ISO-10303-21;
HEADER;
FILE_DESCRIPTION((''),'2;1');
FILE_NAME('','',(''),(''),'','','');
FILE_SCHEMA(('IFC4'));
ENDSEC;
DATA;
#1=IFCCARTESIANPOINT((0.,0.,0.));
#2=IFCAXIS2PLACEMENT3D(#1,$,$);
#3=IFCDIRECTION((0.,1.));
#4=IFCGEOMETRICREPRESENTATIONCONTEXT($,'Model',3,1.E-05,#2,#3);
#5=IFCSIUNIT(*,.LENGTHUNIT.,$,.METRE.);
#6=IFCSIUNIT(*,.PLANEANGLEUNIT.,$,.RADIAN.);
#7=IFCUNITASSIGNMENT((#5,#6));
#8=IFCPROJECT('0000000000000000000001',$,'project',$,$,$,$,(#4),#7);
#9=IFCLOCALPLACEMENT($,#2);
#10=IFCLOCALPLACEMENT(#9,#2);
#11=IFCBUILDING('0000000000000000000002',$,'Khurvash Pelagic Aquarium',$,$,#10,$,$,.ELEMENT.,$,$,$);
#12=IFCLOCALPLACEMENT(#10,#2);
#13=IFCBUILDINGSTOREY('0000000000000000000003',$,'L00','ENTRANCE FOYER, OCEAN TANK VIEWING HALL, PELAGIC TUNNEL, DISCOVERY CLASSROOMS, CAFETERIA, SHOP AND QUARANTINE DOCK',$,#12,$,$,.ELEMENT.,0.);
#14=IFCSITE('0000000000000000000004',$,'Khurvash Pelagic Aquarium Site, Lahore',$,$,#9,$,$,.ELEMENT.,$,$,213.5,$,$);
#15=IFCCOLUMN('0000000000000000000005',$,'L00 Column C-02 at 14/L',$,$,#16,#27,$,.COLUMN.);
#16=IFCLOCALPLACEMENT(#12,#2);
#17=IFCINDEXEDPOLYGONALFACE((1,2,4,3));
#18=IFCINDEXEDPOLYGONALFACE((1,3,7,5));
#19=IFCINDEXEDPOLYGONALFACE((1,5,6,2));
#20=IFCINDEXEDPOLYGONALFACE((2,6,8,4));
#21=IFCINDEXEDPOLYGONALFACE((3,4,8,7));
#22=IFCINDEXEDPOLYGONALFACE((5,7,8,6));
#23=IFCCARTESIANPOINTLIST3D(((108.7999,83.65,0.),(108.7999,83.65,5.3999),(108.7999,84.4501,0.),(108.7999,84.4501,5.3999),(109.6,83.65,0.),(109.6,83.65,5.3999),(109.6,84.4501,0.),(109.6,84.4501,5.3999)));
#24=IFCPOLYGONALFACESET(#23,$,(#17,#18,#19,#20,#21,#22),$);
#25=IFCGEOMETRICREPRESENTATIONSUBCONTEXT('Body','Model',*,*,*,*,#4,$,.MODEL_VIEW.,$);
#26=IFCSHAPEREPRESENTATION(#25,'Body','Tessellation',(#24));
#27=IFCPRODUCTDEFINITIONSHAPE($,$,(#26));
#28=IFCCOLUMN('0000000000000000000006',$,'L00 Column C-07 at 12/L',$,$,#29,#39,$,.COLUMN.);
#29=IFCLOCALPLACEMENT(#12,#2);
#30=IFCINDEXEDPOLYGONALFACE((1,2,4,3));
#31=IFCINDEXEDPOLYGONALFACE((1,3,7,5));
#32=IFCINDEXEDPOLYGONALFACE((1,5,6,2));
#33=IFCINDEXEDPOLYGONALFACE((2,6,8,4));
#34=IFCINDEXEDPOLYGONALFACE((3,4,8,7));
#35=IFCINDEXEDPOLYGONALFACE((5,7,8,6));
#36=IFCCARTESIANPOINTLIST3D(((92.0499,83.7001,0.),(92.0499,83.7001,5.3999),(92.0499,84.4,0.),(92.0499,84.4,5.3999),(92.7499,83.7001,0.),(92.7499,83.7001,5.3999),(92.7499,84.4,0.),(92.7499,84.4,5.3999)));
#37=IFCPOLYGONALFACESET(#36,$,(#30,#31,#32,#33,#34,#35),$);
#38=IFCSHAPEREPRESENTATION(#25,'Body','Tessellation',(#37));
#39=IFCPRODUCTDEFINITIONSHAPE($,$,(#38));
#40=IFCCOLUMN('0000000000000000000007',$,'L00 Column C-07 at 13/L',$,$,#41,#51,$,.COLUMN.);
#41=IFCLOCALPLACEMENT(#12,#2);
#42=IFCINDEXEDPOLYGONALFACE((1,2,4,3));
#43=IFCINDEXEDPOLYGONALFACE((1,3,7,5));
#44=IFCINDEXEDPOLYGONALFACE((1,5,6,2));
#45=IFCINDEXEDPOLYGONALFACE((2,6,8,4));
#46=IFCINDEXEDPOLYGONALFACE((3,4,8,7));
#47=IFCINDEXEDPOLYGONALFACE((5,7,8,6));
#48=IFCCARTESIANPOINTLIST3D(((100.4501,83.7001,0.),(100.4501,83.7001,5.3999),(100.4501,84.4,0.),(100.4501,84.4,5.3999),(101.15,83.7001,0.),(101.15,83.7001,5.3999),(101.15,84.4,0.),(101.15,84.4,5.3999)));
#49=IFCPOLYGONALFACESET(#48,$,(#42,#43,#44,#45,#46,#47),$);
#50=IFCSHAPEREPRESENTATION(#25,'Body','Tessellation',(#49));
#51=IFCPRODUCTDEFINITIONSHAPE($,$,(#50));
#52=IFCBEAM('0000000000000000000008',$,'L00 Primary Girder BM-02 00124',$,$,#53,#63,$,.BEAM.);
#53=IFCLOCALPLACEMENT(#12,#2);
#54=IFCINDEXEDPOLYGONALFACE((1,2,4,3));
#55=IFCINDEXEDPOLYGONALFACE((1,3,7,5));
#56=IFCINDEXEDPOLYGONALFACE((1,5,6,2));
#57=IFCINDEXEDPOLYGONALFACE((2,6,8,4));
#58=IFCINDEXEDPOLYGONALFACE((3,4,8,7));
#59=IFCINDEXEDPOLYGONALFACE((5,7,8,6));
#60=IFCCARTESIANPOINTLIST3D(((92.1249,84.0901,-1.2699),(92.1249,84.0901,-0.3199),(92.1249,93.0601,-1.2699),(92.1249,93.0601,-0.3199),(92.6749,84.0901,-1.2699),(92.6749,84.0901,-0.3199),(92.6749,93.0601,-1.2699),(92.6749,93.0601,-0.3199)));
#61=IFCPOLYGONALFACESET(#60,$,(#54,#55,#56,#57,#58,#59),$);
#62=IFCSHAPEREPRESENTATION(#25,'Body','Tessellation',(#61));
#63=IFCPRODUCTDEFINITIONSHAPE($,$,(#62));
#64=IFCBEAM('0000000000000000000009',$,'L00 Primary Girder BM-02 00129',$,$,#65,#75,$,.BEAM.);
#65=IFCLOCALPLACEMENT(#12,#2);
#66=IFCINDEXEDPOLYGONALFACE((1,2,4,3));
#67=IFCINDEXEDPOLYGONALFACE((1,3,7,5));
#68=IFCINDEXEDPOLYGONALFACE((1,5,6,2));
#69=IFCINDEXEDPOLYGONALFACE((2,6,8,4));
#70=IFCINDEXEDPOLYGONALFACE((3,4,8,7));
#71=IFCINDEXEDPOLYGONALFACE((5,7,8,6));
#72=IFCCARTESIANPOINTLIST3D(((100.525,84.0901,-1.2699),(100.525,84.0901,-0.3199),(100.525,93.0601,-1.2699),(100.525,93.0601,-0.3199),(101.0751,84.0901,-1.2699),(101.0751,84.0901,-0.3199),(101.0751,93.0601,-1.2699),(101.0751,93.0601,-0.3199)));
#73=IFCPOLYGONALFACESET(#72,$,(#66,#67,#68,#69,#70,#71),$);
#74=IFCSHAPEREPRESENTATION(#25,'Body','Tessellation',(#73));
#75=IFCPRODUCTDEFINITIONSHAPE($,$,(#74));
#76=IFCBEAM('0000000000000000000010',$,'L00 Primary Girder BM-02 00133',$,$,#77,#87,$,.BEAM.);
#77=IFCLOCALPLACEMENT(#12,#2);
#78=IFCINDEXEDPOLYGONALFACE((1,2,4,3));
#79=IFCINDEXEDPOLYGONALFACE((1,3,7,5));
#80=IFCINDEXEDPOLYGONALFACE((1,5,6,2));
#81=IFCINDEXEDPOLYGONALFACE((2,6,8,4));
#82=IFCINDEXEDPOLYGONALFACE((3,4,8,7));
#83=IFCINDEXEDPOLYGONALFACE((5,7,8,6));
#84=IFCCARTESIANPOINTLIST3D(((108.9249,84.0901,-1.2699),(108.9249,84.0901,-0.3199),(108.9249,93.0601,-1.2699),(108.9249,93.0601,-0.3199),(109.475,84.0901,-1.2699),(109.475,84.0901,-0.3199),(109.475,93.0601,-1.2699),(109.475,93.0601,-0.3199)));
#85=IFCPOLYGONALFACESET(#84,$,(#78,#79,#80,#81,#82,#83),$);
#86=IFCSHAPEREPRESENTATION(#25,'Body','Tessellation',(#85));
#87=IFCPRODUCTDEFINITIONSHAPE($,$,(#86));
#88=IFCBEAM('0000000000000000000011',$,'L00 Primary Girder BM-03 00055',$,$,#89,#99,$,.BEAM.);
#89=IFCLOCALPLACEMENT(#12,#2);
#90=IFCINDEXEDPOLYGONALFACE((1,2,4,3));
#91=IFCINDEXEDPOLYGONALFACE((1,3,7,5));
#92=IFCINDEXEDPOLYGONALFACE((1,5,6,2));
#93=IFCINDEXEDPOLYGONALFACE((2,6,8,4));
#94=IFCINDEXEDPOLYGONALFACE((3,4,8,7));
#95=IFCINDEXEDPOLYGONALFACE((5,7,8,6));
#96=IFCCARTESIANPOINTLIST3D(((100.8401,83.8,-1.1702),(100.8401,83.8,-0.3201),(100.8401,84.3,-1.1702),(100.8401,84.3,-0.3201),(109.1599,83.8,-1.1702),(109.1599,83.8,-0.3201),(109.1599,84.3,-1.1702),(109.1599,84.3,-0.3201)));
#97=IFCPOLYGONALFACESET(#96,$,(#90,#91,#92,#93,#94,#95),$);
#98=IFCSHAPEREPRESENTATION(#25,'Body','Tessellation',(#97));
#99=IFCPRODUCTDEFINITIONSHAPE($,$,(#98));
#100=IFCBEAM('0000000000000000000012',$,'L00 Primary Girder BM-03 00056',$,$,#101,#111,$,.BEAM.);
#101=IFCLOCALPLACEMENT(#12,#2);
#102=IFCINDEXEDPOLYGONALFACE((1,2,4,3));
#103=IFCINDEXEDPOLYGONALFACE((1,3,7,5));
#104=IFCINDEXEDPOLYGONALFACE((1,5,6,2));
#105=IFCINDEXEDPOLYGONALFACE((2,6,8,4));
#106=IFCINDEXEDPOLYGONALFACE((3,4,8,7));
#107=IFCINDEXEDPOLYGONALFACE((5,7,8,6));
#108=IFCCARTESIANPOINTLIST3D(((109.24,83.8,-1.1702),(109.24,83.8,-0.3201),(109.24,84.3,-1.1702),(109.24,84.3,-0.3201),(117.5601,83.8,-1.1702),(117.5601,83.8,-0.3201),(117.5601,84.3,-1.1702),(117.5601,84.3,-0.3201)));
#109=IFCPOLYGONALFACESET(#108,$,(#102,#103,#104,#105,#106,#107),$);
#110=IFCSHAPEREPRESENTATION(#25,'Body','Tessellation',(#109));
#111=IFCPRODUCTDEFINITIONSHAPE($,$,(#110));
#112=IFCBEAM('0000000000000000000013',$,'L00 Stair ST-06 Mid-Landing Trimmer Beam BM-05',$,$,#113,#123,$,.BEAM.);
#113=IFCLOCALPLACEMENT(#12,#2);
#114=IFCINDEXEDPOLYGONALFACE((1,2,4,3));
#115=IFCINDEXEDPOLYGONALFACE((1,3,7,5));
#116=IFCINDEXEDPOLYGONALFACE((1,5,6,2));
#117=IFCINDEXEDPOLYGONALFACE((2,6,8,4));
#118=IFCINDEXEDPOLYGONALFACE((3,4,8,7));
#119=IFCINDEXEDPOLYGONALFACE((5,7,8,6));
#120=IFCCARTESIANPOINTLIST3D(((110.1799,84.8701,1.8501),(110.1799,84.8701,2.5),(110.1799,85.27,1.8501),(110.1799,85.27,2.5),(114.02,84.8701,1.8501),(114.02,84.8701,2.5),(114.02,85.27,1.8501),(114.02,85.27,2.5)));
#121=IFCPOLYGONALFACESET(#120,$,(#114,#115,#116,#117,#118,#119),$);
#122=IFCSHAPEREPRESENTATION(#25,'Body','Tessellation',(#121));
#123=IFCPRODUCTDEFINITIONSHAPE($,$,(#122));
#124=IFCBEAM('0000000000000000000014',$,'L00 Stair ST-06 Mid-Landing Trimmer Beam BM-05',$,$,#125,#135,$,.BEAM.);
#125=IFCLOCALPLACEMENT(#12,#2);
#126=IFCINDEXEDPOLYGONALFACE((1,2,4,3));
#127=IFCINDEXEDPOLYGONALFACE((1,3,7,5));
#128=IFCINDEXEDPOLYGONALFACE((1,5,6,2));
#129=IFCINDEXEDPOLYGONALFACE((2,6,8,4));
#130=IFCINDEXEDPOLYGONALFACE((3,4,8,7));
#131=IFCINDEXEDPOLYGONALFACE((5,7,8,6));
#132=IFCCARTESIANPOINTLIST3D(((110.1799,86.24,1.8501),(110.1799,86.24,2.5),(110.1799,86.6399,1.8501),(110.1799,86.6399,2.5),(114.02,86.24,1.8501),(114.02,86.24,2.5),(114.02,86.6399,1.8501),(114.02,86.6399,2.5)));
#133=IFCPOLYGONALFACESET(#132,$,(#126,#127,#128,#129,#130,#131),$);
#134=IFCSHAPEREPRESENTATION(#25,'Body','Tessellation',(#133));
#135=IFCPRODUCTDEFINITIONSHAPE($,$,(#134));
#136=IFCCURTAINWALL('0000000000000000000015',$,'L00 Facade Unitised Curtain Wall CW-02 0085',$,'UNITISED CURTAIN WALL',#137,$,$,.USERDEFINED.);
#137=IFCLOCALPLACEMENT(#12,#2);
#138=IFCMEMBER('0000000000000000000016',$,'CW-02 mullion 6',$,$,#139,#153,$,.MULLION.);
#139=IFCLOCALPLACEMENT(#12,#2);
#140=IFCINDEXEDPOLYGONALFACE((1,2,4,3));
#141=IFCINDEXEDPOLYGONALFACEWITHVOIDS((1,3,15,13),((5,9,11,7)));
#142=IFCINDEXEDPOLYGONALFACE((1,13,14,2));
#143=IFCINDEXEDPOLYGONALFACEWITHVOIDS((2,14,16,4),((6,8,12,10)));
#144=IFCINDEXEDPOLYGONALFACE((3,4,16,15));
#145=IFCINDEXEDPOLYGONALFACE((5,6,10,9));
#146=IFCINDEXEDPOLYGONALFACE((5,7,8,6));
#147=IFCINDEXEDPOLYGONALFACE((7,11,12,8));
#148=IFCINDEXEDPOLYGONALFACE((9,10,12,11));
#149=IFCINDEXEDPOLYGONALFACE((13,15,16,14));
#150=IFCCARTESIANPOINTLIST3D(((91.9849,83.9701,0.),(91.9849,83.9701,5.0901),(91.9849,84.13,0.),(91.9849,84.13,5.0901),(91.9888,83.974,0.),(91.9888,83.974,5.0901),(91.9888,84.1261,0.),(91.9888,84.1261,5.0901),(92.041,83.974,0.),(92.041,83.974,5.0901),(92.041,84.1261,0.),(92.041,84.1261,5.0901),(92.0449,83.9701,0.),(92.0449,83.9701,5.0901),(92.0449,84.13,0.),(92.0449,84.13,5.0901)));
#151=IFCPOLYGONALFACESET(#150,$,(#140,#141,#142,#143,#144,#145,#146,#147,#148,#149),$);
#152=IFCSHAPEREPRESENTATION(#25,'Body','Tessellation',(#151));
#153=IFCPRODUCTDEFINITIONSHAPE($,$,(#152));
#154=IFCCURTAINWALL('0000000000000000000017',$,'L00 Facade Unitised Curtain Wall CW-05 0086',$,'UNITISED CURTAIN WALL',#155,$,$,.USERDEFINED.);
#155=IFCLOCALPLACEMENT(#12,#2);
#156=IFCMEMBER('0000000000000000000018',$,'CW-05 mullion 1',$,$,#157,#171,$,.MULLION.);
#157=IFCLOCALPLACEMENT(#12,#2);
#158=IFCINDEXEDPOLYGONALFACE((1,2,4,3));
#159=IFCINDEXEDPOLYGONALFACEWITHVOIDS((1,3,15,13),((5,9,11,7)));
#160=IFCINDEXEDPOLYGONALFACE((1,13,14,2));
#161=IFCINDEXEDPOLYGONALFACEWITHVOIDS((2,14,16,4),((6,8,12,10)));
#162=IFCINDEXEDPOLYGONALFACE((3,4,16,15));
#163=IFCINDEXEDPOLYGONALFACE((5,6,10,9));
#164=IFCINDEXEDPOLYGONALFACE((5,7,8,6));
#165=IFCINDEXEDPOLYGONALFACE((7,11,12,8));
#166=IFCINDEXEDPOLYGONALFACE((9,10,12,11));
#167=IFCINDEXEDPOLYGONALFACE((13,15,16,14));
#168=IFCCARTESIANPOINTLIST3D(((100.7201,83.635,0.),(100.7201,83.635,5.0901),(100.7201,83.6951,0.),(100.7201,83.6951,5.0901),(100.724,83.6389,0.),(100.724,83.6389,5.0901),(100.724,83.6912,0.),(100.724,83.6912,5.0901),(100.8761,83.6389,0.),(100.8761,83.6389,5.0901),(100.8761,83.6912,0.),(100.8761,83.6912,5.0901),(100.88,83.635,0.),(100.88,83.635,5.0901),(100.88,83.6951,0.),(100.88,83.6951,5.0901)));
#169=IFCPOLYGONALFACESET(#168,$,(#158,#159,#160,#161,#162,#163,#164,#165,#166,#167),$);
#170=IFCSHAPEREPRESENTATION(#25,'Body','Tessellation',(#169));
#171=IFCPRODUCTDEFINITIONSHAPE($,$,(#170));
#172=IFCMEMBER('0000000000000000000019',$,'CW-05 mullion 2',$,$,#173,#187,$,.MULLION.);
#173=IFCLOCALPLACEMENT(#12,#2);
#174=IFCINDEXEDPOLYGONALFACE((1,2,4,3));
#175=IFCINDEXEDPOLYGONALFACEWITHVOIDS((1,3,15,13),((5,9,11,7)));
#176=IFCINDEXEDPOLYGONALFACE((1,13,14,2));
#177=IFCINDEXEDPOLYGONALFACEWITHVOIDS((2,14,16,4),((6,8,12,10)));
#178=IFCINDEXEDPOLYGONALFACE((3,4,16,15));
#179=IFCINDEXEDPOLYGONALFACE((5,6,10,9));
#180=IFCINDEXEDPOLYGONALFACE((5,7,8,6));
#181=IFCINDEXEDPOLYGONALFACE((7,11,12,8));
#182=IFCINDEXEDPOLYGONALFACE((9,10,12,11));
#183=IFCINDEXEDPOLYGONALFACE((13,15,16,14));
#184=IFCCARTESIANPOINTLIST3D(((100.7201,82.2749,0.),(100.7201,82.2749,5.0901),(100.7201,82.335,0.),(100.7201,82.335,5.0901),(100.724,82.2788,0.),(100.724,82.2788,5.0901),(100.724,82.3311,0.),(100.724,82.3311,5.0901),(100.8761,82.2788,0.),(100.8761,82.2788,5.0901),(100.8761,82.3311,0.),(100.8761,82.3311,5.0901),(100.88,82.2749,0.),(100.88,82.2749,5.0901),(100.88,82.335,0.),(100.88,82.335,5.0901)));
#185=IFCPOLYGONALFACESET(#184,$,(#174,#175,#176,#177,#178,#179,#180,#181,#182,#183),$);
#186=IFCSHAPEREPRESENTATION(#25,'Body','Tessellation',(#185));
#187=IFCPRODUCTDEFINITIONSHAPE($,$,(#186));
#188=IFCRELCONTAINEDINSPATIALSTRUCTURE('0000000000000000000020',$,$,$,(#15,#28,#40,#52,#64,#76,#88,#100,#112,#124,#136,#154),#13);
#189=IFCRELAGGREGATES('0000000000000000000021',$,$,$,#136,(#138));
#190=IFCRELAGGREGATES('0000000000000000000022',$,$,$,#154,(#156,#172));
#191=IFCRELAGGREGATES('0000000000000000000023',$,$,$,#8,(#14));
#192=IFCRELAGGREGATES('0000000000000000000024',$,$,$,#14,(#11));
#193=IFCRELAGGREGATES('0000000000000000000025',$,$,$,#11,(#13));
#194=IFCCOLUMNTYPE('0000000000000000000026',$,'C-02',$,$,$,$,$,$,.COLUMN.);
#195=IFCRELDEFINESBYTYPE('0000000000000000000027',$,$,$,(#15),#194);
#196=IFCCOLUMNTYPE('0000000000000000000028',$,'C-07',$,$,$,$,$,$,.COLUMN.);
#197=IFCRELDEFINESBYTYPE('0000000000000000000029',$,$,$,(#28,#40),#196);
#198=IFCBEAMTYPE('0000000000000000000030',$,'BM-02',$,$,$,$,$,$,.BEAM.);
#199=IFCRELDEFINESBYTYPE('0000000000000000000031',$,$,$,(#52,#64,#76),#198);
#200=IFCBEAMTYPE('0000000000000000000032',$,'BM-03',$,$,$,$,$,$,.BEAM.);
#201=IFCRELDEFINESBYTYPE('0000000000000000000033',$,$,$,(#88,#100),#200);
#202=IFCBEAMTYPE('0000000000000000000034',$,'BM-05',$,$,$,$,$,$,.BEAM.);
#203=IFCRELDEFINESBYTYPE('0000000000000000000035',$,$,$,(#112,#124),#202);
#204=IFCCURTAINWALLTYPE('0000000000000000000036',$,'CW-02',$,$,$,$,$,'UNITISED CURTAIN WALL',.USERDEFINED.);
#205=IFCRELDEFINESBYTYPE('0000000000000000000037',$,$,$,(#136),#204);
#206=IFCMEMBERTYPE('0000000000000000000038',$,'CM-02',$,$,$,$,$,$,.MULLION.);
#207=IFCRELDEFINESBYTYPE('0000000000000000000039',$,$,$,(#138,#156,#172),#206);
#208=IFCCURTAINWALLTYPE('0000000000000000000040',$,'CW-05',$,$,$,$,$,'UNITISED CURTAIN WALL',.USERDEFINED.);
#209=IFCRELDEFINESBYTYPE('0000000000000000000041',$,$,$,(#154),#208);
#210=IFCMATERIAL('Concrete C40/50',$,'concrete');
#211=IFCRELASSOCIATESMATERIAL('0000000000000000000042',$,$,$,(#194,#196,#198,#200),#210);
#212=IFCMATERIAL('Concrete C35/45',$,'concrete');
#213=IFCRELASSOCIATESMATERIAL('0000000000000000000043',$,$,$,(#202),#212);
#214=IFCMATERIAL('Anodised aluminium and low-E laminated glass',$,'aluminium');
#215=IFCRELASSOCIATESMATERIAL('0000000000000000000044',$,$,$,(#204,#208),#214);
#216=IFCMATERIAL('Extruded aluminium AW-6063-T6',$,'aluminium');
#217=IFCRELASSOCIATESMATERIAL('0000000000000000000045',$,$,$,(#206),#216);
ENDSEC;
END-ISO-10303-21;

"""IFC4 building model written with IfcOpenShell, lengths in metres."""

from ifc_helpers import new_model, si_unit, direction, frame, origin, origin_2d, place, context, subcontext, project, spatial, rectangle, hollow_rectangle, extrude, material, material_profile, profile_set, type_object, element, aggregate, save


model = new_model("IFC4")

# Units and contexts
model_context = context("Model", 3, precision=1e-05, world=origin(), true_north=direction((0.0, 1.0)))
body_context = subcontext(model_context, "Body", "Model", "MODEL_VIEW")
ifc_project = project(units=[si_unit("LENGTHUNIT", "METRE"), si_unit("PLANEANGLEUNIT", "RADIAN")], contexts=[model_context])

# Site, building, storey
site_placement = place(None, origin())
site = spatial("IfcSite", under=ifc_project, at=site_placement, Name="Khurvash Pelagic Aquarium Site, Lahore", CompositionType="ELEMENT", RefElevation=213.5)
building_placement = place(site_placement, origin())
building = spatial("IfcBuilding", under=site, at=building_placement, Name="Khurvash Pelagic Aquarium", CompositionType="ELEMENT")
storey_placement = place(building_placement, origin())
storey = spatial("IfcBuildingStorey", under=building, at=storey_placement, Name="L00", Description="ENTRANCE FOYER, OCEAN TANK VIEWING HALL, PELAGIC TUNNEL, DISCOVERY CLASSROOMS, CAFETERIA, SHOP AND QUARANTINE DOCK", CompositionType="ELEMENT", Elevation=0.0)

# Columns
ifc_material_1 = material(Name="Concrete C40/50", Category="concrete")
ifc_material_profile_1 = material_profile(ifc_material_1, rectangle(XDim=0.8, YDim=0.8, at=origin_2d()), Name="RC800X800")
ifc_profile_set_1 = profile_set([ifc_material_profile_1], Name="Concrete C40/50")
column_type_1 = type_object("IfcColumnType", Name="C-02", PredefinedType="COLUMN", material=ifc_profile_set_1)
column_placement = place(storey_placement, frame((109.2, 84.05, 0.0), z_axis=(0.0, 0.0, 1.0), x_axis=(1.0, 0.0, 0.0)))
element("IfcColumn", 1, at=column_placement, inside=storey, type_object=column_type_1, Name="L00 Column C-02 at 14/L", PredefinedType="COLUMN", context=body_context, shape_type="SweptSolid", body=[
    extrude(rectangle(XDim=0.8, YDim=0.8, at=origin_2d()), origin(), (0.0, 0.0, 1.0), 5.3999),
])
ifc_material_profile_2 = material_profile(ifc_material_1, rectangle(XDim=0.7, YDim=0.7, at=origin_2d()), Name="RC700X700")
ifc_profile_set_2 = profile_set([ifc_material_profile_2], Name="Concrete C40/50")
column_type_2 = type_object("IfcColumnType", Name="C-07", PredefinedType="COLUMN", material=ifc_profile_set_2)
for number, where, z_axis, x_axis, name in (
    (2, (92.3999, 84.05, 0.0), (0.0, 0.0, 1.0), (1.0, 0.0, 0.0), "L00 Column C-07 at 12/L"),
    (3, (100.8, 84.05, 0.0), (0.0, 0.0, 1.0), (1.0, 0.0, 0.0), "L00 Column C-07 at 13/L"),
):
    element("IfcColumn", number, at=place(storey_placement, frame(where, z_axis=z_axis, x_axis=x_axis)), inside=storey, type_object=column_type_2, Name=name, PredefinedType="COLUMN", context=body_context, shape_type="SweptSolid", body=[
        extrude(rectangle(XDim=0.7, YDim=0.7, at=origin_2d()), origin(), (0.0, 0.0, 1.0), 5.3999),
    ])

# Beams
ifc_material_profile_3 = material_profile(ifc_material_1, rectangle(XDim=0.55, YDim=0.95, at=origin_2d()), Name="RC550X950")
ifc_profile_set_3 = profile_set([ifc_material_profile_3], Name="Concrete C40/50")
beam_type_1 = type_object("IfcBeamType", Name="BM-02", PredefinedType="BEAM", material=ifc_profile_set_3)
for number, where, z_axis, x_axis, name in (
    (4, (92.3999, 84.0901, -0.7949), (0.0, 1.0, 0.0), (-1.0, 0.0, 0.0), "L00 Primary Girder BM-02 00124"),
    (5, (100.8, 84.0901, -0.7949), (0.0, 1.0, 0.0), (-1.0, 0.0, 0.0), "L00 Primary Girder BM-02 00129"),
    (6, (109.2, 84.0901, -0.7949), (0.0, 1.0, 0.0), (-1.0, 0.0, 0.0), "L00 Primary Girder BM-02 00133"),
):
    element("IfcBeam", number, at=place(storey_placement, frame(where, z_axis=z_axis, x_axis=x_axis)), inside=storey, type_object=beam_type_1, Name=name, PredefinedType="BEAM", context=body_context, shape_type="SweptSolid", body=[
        extrude(rectangle(XDim=0.55, YDim=0.95, at=origin_2d()), origin(), (0.0, 0.0, 1.0), 8.97),
    ])
ifc_material_profile_4 = material_profile(ifc_material_1, rectangle(XDim=0.5, YDim=0.8501, at=origin_2d()), Name="RC500X850")
ifc_profile_set_4 = profile_set([ifc_material_profile_4], Name="Concrete C40/50")
beam_type_2 = type_object("IfcBeamType", Name="BM-03", PredefinedType="BEAM", material=ifc_profile_set_4)
beam_1_placement = place(storey_placement, frame((100.8401, 84.05, -0.7451), z_axis=(1.0, 0.0, 0.0), x_axis=(0.0, 1.0, 0.0)))
element("IfcBeam", 7, at=beam_1_placement, inside=storey, type_object=beam_type_2, Name="L00 Primary Girder BM-03 00055", PredefinedType="BEAM", context=body_context, shape_type="SweptSolid", body=[
    extrude(rectangle(XDim=0.5, YDim=0.8501, at=origin_2d()), origin(), (0.0, 0.0, 1.0), 8.3198),
])
beam_2_placement = place(storey_placement, frame((109.24, 84.05, -0.7451), z_axis=(1.0, 0.0, 0.0), x_axis=(0.0, 1.0, 0.0)))
element("IfcBeam", 8, at=beam_2_placement, inside=storey, type_object=beam_type_2, Name="L00 Primary Girder BM-03 00056", PredefinedType="BEAM", context=body_context, shape_type="SweptSolid", body=[
    extrude(rectangle(XDim=0.5, YDim=0.8501, at=origin_2d()), origin(), (0.0, 0.0, 1.0), 8.3201),
])
ifc_material_2 = material(Name="Concrete C35/45", Category="concrete")
ifc_material_profile_5 = material_profile(ifc_material_2, rectangle(XDim=0.3999, YDim=0.6499, at=origin_2d()), Name="RC400X650")
ifc_profile_set_5 = profile_set([ifc_material_profile_5], Name="Concrete C35/45")
beam_type_3 = type_object("IfcBeamType", Name="BM-05", PredefinedType="BEAM", material=ifc_profile_set_5)
for number, where, z_axis, x_axis, name in (
    (9, (110.1799, 85.0701, 2.175), (1.0, 0.0, 0.0), (0.0, 1.0, 0.0), "L00 Stair ST-06 Mid-Landing Trimmer Beam BM-05"),
    (10, (110.1799, 86.4399, 2.175), (1.0, 0.0, 0.0), (0.0, 1.0, 0.0), "L00 Stair ST-06 Mid-Landing Trimmer Beam BM-05"),
):
    element("IfcBeam", number, at=place(storey_placement, frame(where, z_axis=z_axis, x_axis=x_axis)), inside=storey, type_object=beam_type_3, Name=name, PredefinedType="BEAM", context=body_context, shape_type="SweptSolid", body=[
        extrude(rectangle(XDim=0.3999, YDim=0.6499, at=origin_2d()), origin(), (0.0, 0.0, 1.0), 3.8401),
    ])

# Curtain wall, member
ifc_material_3 = material(Name="Anodised aluminium and low-E laminated glass", Category="aluminium")
curtain_wall_type_1 = type_object("IfcCurtainWallType", Name="CW-02", ElementType="UNITISED CURTAIN WALL", PredefinedType="USERDEFINED", material=ifc_material_3)
curtain_wall_1_placement = place(storey_placement, origin())
curtain_wall_1 = element("IfcCurtainWall", 11, at=curtain_wall_1_placement, inside=storey, type_object=curtain_wall_type_1, Name="L00 Facade Unitised Curtain Wall CW-02 0085", ObjectType="UNITISED CURTAIN WALL", PredefinedType="USERDEFINED")
ifc_material_4 = material(Name="Extruded aluminium AW-6063-T6", Category="aluminium")
ifc_material_profile_6 = material_profile(ifc_material_4, hollow_rectangle(XDim=0.0601, YDim=0.1599, WallThickness=0.0039, at=origin_2d()), Name="CWM60X160X4")
ifc_profile_set_6 = profile_set([ifc_material_profile_6], Name="Extruded aluminium AW-6063-T6")
member_type_1 = type_object("IfcMemberType", Name="CM-02", PredefinedType="MULLION", material=ifc_profile_set_6)
member_1_placement = place(storey_placement, frame((92.0149, 84.05, 0.0), z_axis=(0.0, 0.0, 1.0), x_axis=(1.0, 0.0, 0.0)))
member_1 = element("IfcMember", 12, at=member_1_placement, type_object=member_type_1, Name="CW-02 mullion 6", PredefinedType="MULLION", context=body_context, shape_type="SweptSolid", body=[
    extrude(hollow_rectangle(XDim=0.0601, YDim=0.1599, WallThickness=0.0039, at=origin_2d()), origin(), (0.0, 0.0, 1.0), 5.0901),
])
aggregate(curtain_wall_1, [member_1])

# Curtain wall, members
curtain_wall_type_2 = type_object("IfcCurtainWallType", Name="CW-05", ElementType="UNITISED CURTAIN WALL", PredefinedType="USERDEFINED", material=ifc_material_3)
curtain_wall_2_placement = place(storey_placement, origin())
curtain_wall_2 = element("IfcCurtainWall", 13, at=curtain_wall_2_placement, inside=storey, type_object=curtain_wall_type_2, Name="L00 Facade Unitised Curtain Wall CW-05 0086", ObjectType="UNITISED CURTAIN WALL", PredefinedType="USERDEFINED")
member_2_placement = place(storey_placement, frame((100.8, 83.665, 0.0), z_axis=(0.0, 0.0, 1.0), x_axis=(0.0, -1.0, 0.0)))
member_2 = element("IfcMember", 14, at=member_2_placement, type_object=member_type_1, Name="CW-05 mullion 1", PredefinedType="MULLION", context=body_context, shape_type="SweptSolid", body=[
    extrude(hollow_rectangle(XDim=0.0601, YDim=0.1599, WallThickness=0.0039, at=origin_2d()), origin(), (0.0, 0.0, 1.0), 5.0901),
])
member_3_placement = place(storey_placement, frame((100.8, 82.3049, 0.0), z_axis=(0.0, 0.0, 1.0), x_axis=(0.0, -1.0, 0.0)))
member_3 = element("IfcMember", 15, at=member_3_placement, type_object=member_type_1, Name="CW-05 mullion 2", PredefinedType="MULLION", context=body_context, shape_type="SweptSolid", body=[
    extrude(hollow_rectangle(XDim=0.0601, YDim=0.1599, WallThickness=0.0039, at=origin_2d()), origin(), (0.0, 0.0, 1.0), 5.0901),
])

aggregate(curtain_wall_2, [member_2, member_3])

save(model, "model.ifc")
